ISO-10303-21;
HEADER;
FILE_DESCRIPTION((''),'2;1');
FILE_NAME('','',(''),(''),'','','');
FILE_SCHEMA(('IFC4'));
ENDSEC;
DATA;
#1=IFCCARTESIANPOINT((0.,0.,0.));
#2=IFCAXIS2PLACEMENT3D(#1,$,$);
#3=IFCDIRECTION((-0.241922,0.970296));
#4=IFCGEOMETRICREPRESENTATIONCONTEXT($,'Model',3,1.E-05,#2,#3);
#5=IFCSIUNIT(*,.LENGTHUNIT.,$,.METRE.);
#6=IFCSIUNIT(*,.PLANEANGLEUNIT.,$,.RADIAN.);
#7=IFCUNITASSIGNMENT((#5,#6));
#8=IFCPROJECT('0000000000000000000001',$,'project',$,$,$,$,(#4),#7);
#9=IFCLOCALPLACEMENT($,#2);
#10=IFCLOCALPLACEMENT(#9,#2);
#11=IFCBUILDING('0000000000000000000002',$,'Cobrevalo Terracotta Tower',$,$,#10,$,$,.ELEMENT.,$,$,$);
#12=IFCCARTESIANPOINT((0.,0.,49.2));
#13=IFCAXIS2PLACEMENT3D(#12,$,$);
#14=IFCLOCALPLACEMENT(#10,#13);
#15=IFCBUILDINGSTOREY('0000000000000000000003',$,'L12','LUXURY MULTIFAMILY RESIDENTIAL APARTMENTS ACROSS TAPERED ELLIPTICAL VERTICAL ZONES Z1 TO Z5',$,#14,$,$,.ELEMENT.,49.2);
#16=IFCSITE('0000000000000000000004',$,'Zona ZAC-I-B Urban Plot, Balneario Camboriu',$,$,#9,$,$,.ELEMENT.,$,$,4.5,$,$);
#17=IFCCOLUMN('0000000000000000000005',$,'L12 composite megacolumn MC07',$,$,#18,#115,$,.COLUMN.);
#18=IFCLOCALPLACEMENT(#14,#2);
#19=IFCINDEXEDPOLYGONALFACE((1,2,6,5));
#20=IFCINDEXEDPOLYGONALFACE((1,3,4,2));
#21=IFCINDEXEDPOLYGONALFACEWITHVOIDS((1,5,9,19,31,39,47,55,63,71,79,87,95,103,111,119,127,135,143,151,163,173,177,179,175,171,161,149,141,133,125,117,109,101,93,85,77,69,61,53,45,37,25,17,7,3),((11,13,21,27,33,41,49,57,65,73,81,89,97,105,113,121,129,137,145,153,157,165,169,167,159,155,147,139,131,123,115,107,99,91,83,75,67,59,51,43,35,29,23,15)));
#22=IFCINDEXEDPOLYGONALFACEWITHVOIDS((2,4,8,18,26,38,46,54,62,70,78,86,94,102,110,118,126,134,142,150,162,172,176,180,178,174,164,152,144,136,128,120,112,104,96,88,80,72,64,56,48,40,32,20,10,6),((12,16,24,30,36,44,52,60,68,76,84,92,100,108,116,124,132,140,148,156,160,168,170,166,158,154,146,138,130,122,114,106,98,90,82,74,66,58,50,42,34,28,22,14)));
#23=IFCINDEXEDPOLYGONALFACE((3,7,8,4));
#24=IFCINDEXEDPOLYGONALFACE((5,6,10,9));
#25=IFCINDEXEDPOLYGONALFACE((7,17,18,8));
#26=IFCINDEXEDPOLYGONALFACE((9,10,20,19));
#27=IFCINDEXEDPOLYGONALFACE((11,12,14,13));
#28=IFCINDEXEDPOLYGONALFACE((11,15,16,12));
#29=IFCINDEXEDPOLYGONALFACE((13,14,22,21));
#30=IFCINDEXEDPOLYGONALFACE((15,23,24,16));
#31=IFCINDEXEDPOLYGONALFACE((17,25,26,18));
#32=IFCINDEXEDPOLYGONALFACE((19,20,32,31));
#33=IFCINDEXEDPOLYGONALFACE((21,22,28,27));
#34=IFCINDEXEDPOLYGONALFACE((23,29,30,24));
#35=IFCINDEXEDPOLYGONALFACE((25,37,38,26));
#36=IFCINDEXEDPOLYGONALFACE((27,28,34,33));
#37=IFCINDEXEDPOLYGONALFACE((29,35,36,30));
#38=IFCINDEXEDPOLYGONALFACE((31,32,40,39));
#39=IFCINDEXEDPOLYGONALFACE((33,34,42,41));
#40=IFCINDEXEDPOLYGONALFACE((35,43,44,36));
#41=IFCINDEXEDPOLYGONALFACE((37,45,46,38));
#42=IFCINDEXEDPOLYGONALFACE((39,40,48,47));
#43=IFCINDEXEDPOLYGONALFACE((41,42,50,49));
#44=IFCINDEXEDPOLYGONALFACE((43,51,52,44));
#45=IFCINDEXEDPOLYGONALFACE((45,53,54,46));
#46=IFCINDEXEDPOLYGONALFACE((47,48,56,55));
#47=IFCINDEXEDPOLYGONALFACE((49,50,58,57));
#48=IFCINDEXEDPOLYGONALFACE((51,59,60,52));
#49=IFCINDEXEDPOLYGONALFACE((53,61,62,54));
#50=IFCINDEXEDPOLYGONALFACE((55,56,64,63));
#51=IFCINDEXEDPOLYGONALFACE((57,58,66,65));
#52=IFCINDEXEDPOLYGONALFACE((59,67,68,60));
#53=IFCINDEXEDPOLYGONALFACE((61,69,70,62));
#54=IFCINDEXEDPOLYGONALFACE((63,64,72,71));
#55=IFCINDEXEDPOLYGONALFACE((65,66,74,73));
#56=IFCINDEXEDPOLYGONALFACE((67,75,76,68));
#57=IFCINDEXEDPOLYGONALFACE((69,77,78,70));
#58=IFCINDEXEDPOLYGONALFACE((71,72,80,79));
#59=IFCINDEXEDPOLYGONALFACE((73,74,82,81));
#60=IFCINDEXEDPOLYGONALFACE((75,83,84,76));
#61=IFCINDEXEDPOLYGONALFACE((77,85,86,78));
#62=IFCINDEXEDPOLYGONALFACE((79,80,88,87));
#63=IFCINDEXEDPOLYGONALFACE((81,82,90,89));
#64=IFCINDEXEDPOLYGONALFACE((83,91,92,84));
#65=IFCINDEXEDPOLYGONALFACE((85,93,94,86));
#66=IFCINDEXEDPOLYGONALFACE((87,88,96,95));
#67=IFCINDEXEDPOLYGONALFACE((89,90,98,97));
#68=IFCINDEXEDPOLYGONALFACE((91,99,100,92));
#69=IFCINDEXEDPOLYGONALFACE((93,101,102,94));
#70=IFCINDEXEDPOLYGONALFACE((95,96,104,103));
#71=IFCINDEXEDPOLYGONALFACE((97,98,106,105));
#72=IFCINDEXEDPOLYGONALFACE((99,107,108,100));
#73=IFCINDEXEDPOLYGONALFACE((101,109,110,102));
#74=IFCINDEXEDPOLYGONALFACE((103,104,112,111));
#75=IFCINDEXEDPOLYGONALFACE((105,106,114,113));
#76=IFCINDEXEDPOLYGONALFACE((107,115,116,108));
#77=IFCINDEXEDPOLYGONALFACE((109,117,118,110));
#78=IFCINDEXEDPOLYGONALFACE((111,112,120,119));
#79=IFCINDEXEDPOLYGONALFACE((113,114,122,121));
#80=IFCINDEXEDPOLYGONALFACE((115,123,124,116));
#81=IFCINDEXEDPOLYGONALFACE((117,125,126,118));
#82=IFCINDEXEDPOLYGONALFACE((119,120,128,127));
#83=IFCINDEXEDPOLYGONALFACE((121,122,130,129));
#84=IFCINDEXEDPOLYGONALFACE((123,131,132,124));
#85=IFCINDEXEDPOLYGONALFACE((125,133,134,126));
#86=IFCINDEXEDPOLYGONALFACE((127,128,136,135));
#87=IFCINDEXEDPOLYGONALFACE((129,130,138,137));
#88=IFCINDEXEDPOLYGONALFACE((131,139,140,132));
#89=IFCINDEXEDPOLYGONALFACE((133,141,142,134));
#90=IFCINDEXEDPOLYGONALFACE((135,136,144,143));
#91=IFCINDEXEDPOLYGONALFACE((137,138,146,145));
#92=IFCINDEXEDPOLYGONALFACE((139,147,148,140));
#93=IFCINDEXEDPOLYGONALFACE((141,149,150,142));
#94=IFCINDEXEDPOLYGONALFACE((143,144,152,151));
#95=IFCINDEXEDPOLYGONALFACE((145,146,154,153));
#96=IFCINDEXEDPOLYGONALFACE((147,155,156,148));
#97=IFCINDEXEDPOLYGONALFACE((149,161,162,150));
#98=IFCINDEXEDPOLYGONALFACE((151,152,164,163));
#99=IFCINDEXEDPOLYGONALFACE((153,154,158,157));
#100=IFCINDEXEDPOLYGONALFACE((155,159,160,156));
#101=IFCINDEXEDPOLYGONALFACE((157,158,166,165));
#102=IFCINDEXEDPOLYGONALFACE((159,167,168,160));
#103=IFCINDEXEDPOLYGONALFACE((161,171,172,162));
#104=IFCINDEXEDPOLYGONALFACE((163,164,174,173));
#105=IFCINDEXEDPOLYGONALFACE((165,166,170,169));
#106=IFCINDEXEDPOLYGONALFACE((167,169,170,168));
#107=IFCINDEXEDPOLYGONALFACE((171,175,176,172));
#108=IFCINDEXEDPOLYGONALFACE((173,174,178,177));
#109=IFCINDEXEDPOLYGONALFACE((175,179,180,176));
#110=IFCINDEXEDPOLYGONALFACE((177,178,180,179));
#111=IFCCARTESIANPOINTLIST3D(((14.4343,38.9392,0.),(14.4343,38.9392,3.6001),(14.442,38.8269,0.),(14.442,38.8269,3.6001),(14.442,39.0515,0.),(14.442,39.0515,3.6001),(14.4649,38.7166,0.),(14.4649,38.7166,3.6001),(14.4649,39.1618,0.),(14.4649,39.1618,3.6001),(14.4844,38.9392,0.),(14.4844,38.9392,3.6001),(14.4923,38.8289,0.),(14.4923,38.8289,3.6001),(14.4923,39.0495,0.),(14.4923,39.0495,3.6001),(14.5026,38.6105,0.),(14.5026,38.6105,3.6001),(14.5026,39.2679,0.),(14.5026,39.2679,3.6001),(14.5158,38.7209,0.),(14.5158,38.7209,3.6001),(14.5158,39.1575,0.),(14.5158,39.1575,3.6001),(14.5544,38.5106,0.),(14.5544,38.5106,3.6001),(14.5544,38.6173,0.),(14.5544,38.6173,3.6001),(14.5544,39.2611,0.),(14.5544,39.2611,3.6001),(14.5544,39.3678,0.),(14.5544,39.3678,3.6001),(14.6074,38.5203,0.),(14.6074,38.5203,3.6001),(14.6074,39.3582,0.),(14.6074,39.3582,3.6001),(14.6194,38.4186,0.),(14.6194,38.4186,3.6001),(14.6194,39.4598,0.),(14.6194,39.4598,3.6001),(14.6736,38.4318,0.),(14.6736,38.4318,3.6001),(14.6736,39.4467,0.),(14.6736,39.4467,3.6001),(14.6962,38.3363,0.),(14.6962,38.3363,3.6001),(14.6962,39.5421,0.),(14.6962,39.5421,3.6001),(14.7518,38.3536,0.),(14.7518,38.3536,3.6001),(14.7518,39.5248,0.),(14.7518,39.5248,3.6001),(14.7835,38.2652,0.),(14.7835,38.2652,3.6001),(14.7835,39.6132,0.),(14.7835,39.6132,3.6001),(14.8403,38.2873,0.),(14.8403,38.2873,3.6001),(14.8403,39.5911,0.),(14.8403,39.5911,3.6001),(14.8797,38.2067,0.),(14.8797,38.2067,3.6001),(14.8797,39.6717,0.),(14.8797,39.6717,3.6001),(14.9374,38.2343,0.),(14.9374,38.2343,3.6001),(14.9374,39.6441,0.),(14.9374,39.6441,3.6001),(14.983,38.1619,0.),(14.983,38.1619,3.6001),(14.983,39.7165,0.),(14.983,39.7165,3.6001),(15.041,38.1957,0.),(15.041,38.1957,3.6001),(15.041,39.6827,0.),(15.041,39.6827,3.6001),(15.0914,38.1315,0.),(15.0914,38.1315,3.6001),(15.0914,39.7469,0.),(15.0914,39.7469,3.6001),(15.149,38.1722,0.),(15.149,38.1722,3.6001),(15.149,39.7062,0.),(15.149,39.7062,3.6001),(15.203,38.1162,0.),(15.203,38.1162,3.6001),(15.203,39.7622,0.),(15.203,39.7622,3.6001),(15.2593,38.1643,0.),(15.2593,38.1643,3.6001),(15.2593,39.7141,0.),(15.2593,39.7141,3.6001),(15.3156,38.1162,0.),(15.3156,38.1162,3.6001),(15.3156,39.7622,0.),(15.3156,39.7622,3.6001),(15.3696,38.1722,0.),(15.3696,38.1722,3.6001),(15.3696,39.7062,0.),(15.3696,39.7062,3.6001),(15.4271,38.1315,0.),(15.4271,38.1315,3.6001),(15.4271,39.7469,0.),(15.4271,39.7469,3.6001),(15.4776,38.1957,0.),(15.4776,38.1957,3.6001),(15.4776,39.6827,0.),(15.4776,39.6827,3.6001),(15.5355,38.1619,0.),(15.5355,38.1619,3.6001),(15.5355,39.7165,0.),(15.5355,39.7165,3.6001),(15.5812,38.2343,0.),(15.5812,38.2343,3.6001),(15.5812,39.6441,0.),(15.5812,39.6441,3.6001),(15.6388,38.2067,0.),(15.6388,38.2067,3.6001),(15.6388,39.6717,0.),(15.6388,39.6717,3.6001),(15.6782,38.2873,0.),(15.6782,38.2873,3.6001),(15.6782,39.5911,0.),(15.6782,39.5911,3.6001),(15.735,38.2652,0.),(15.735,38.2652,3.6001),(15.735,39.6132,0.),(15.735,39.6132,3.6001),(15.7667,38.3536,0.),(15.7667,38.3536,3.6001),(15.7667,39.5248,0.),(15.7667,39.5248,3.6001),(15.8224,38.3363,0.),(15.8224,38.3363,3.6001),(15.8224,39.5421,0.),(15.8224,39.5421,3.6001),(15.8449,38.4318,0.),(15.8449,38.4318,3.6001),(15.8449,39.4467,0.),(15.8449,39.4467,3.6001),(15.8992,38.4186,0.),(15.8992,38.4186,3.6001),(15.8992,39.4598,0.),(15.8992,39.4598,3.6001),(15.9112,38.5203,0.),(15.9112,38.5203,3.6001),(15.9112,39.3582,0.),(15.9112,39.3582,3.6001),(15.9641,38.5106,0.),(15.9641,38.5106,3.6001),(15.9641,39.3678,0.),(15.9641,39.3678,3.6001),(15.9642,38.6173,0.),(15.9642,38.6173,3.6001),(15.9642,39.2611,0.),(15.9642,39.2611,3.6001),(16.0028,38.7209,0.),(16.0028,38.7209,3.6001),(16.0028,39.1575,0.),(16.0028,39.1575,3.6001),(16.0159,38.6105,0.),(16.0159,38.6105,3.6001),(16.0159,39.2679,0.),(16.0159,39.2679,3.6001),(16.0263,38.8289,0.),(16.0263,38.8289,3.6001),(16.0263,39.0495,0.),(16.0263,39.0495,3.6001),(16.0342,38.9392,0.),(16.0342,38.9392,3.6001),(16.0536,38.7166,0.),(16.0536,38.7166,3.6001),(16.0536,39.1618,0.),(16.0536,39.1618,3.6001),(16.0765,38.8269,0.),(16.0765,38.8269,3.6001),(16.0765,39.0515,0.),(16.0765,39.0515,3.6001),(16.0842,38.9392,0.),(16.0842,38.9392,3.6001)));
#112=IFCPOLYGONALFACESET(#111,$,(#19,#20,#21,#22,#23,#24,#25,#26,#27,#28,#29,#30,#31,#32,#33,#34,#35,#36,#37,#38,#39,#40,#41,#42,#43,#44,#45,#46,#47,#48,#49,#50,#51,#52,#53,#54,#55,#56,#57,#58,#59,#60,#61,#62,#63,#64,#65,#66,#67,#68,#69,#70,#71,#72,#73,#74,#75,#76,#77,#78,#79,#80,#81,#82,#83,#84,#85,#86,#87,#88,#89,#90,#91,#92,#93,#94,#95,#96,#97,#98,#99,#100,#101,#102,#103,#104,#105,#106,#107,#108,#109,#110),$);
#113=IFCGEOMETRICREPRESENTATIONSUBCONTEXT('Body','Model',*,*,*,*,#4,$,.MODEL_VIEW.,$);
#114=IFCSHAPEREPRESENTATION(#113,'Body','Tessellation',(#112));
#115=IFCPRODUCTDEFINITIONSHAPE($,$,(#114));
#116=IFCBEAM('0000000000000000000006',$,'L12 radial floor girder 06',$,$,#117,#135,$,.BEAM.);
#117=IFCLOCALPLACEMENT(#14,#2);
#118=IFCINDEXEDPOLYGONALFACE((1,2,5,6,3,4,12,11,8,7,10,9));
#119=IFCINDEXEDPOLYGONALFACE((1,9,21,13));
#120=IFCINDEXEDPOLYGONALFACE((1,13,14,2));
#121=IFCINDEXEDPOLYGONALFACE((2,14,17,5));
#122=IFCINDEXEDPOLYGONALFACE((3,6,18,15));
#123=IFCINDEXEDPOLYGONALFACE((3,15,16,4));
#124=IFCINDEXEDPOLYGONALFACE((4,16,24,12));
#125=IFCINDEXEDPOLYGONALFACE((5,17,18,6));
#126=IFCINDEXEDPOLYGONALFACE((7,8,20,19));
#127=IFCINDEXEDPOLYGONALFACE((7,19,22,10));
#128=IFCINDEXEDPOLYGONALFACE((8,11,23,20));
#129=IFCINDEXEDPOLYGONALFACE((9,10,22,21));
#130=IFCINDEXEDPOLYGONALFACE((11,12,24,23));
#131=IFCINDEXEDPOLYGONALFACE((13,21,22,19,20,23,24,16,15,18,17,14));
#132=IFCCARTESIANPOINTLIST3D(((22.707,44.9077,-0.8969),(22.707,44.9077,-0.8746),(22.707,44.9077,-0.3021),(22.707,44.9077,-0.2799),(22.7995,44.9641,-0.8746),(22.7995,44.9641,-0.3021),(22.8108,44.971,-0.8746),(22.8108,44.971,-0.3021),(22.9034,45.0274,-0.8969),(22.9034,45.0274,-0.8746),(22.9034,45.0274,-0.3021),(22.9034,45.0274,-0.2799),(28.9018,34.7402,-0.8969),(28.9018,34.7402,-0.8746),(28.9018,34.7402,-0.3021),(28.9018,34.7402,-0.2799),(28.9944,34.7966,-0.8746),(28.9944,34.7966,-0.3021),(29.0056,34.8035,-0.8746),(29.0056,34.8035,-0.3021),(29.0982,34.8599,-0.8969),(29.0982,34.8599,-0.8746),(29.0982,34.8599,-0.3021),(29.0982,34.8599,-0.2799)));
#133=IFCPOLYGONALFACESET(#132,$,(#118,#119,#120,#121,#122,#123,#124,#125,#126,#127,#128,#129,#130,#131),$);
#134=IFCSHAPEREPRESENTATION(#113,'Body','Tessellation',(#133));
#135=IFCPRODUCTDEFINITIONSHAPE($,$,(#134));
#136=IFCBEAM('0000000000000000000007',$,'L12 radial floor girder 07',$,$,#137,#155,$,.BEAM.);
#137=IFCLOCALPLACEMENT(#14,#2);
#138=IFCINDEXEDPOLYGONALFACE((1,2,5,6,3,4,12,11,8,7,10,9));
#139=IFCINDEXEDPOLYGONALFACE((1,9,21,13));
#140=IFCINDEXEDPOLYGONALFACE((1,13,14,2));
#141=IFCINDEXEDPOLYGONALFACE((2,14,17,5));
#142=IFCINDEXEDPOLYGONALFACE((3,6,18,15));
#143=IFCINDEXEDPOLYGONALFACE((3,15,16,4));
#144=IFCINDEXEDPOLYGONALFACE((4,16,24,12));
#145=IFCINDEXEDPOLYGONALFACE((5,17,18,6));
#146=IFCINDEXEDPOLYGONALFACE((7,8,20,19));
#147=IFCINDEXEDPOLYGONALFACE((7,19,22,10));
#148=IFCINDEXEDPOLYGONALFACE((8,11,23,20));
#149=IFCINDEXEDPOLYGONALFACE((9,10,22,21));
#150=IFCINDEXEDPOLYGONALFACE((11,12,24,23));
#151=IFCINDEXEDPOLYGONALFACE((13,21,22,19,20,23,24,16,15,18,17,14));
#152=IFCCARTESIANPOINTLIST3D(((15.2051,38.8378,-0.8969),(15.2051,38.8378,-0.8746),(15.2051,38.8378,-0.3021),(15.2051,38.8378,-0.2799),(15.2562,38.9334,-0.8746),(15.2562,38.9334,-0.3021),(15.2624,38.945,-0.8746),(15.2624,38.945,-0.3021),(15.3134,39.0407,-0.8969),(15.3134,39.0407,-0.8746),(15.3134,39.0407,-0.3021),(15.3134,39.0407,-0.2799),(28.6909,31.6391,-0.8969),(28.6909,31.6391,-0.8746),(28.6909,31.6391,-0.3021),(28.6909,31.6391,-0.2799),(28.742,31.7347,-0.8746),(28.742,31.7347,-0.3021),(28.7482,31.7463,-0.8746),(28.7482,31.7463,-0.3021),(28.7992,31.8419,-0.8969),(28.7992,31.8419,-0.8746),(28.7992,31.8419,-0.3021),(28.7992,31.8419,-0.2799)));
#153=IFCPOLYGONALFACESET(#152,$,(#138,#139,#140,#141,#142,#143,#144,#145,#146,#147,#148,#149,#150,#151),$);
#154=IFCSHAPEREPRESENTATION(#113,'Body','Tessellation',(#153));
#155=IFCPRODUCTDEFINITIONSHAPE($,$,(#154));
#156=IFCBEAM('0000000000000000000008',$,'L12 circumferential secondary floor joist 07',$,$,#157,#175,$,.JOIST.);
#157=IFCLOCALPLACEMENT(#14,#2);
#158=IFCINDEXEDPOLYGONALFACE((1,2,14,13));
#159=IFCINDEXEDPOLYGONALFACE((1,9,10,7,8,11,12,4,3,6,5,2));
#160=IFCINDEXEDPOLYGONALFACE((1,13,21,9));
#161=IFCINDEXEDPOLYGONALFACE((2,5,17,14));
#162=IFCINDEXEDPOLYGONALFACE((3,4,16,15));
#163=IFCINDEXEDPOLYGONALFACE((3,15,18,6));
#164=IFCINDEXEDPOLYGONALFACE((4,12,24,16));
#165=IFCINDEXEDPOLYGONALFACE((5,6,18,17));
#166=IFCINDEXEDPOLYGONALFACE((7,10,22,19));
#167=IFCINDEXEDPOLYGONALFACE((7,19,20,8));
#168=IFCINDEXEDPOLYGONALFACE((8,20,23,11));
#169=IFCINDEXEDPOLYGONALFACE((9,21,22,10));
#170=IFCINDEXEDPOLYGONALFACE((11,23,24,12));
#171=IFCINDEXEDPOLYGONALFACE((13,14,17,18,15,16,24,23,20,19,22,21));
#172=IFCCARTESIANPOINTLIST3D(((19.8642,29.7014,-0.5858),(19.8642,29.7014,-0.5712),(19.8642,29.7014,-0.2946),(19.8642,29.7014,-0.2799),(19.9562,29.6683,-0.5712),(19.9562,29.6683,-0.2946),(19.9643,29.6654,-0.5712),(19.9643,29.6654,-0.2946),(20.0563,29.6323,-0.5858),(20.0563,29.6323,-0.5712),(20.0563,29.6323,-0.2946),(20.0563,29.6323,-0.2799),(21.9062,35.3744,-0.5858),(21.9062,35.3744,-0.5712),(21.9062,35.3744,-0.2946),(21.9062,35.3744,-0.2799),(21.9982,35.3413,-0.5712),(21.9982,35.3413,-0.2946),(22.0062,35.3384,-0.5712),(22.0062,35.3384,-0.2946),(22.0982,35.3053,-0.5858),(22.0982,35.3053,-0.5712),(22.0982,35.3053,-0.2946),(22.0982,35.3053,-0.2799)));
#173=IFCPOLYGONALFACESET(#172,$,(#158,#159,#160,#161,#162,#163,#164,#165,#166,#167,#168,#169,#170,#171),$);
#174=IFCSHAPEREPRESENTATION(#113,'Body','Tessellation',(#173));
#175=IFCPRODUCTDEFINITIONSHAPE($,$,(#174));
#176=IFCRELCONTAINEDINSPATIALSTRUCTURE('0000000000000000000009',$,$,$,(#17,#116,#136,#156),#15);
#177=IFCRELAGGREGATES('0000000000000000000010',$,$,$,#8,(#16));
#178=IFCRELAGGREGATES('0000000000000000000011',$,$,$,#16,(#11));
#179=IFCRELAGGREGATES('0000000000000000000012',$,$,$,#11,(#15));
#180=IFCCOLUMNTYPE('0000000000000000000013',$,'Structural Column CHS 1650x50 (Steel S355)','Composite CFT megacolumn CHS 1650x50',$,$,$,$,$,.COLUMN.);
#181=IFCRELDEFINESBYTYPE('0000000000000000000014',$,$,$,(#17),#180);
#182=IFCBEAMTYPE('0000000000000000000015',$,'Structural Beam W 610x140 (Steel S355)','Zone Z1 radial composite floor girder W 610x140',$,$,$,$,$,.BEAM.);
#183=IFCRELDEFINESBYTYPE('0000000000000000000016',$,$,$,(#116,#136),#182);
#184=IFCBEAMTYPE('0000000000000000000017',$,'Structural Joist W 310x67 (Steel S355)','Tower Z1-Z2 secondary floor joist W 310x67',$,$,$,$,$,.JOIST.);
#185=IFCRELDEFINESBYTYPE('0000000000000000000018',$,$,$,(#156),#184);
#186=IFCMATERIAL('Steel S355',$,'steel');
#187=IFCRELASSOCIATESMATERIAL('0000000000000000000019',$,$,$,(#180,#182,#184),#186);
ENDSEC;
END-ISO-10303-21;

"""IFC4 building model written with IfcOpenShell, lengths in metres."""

from ifc_helpers import new_model, si_unit, direction, frame, origin, origin_2d, place, context, subcontext, project, spatial, hollow_circle, i_section, extrude, material, material_profile, profile_set, type_object, element, save


model = new_model("IFC4")

# Units and contexts
model_context = context("Model", 3, precision=1e-05, world=origin(), true_north=direction((-0.241922, 0.970296)))
body_context = subcontext(model_context, "Body", "Model", "MODEL_VIEW")
ifc_project = project(units=[si_unit("LENGTHUNIT", "METRE"), si_unit("PLANEANGLEUNIT", "RADIAN")], contexts=[model_context])

# Site, building, storey
site_placement = place(None, origin())
site = spatial("IfcSite", under=ifc_project, at=site_placement, Name="Zona ZAC-I-B Urban Plot, Balneario Camboriu", CompositionType="ELEMENT", RefElevation=4.5)
building_placement = place(site_placement, origin())
building = spatial("IfcBuilding", under=site, at=building_placement, Name="Cobrevalo Terracotta Tower", CompositionType="ELEMENT")
storey_placement = place(building_placement, frame((0.0, 0.0, 49.2)))
storey = spatial("IfcBuildingStorey", under=building, at=storey_placement, Name="L12", Description="LUXURY MULTIFAMILY RESIDENTIAL APARTMENTS ACROSS TAPERED ELLIPTICAL VERTICAL ZONES Z1 TO Z5", CompositionType="ELEMENT", Elevation=49.2)

# Column
ifc_material_1 = material(Name="Steel S355", Category="steel")
ifc_material_profile_1 = material_profile(ifc_material_1, hollow_circle(Radius=0.825, WallThickness=0.05, at=origin_2d()), Name="CHS 1650x50")
ifc_profile_set_1 = profile_set([ifc_material_profile_1], Name="Steel S355")
column_type = type_object("IfcColumnType", Name="Structural Column CHS 1650x50 (Steel S355)", Description="Composite CFT megacolumn CHS 1650x50", PredefinedType="COLUMN", material=ifc_profile_set_1)
for number, where, z_axis, x_axis, name in (
    (1, (15.2593, 38.9392, 0.0), (0.0, 0.0, 1.0), (1.0, 0.0, 0.0), "L12 composite megacolumn MC07"),
):
    element("IfcColumn", number, at=place(storey_placement, frame(where, z_axis=z_axis, x_axis=x_axis)), inside=storey, type_object=column_type, Name=name, PredefinedType="COLUMN", context=body_context, shape_type="SweptSolid", body=[
        extrude(hollow_circle(Radius=0.825, WallThickness=0.05, at=origin_2d()), origin(), (0.0, 0.0, 1.0), 3.6001),
    ])

# Beams
ifc_material_profile_2 = material_profile(ifc_material_1, i_section(OverallWidth=0.23, OverallDepth=0.6169, WebThickness=0.0132, FlangeThickness=0.0222, at=origin_2d()), Name="W 610x140")
ifc_profile_set_2 = profile_set([ifc_material_profile_2], Name="Steel S355")
beam_type_1 = type_object("IfcBeamType", Name="Structural Beam W 610x140 (Steel S355)", Description="Zone Z1 radial composite floor girder W 610x140", PredefinedType="BEAM", material=ifc_profile_set_2)
beam_1_placement = place(storey_placement, frame((22.8052, 44.9675, -0.5884), z_axis=(0.52031, -0.853978, 0.0), x_axis=(0.853978, 0.52031, 0.0)))
element("IfcBeam", 2, at=beam_1_placement, inside=storey, type_object=beam_type_1, Name="L12 radial floor girder 06", PredefinedType="BEAM", context=body_context, shape_type="SweptSolid", body=[
    extrude(i_section(OverallWidth=0.23, OverallDepth=0.6169, WebThickness=0.0132, FlangeThickness=0.0222, at=origin_2d()), origin(), (0.0, 0.0, 1.0), 11.906),
])
beam_2_placement = place(storey_placement, frame((15.2593, 38.9392, -0.5884), z_axis=(0.882182, -0.470908, 0.0), x_axis=(0.470908, 0.882182, 0.0)))
element("IfcBeam", 3, at=beam_2_placement, inside=storey, type_object=beam_type_1, Name="L12 radial floor girder 07", PredefinedType="BEAM", context=body_context, shape_type="SweptSolid", body=[
    extrude(i_section(OverallWidth=0.23, OverallDepth=0.6169, WebThickness=0.0132, FlangeThickness=0.0222, at=origin_2d()), origin(), (0.0, 0.0, 1.0), 15.2869),
])
ifc_material_profile_3 = material_profile(ifc_material_1, i_section(OverallWidth=0.2041, OverallDepth=0.3059, WebThickness=0.0085, FlangeThickness=0.0146, at=origin_2d()), Name="W 310x67")
ifc_profile_set_3 = profile_set([ifc_material_profile_3], Name="Steel S355")
beam_type_2 = type_object("IfcBeamType", Name="Structural Joist W 310x67 (Steel S355)", Description="Tower Z1-Z2 secondary floor joist W 310x67", PredefinedType="JOIST", material=ifc_profile_set_3)
beam_3_placement = place(storey_placement, frame((22.0022, 35.3398, -0.4329), z_axis=(-0.338672, -0.940904, 0.0), x_axis=(0.940904, -0.338672, 0.0)))
element("IfcBeam", 4, at=beam_3_placement, inside=storey, type_object=beam_type_2, Name="L12 circumferential secondary floor joist 07", PredefinedType="JOIST", context=body_context, shape_type="SweptSolid", body=[
    extrude(i_section(OverallWidth=0.2041, OverallDepth=0.3059, WebThickness=0.0085, FlangeThickness=0.0146, at=origin_2d()), origin(), (0.0, 0.0, 1.0), 6.0293),
])

save(model, "model.ifc")
